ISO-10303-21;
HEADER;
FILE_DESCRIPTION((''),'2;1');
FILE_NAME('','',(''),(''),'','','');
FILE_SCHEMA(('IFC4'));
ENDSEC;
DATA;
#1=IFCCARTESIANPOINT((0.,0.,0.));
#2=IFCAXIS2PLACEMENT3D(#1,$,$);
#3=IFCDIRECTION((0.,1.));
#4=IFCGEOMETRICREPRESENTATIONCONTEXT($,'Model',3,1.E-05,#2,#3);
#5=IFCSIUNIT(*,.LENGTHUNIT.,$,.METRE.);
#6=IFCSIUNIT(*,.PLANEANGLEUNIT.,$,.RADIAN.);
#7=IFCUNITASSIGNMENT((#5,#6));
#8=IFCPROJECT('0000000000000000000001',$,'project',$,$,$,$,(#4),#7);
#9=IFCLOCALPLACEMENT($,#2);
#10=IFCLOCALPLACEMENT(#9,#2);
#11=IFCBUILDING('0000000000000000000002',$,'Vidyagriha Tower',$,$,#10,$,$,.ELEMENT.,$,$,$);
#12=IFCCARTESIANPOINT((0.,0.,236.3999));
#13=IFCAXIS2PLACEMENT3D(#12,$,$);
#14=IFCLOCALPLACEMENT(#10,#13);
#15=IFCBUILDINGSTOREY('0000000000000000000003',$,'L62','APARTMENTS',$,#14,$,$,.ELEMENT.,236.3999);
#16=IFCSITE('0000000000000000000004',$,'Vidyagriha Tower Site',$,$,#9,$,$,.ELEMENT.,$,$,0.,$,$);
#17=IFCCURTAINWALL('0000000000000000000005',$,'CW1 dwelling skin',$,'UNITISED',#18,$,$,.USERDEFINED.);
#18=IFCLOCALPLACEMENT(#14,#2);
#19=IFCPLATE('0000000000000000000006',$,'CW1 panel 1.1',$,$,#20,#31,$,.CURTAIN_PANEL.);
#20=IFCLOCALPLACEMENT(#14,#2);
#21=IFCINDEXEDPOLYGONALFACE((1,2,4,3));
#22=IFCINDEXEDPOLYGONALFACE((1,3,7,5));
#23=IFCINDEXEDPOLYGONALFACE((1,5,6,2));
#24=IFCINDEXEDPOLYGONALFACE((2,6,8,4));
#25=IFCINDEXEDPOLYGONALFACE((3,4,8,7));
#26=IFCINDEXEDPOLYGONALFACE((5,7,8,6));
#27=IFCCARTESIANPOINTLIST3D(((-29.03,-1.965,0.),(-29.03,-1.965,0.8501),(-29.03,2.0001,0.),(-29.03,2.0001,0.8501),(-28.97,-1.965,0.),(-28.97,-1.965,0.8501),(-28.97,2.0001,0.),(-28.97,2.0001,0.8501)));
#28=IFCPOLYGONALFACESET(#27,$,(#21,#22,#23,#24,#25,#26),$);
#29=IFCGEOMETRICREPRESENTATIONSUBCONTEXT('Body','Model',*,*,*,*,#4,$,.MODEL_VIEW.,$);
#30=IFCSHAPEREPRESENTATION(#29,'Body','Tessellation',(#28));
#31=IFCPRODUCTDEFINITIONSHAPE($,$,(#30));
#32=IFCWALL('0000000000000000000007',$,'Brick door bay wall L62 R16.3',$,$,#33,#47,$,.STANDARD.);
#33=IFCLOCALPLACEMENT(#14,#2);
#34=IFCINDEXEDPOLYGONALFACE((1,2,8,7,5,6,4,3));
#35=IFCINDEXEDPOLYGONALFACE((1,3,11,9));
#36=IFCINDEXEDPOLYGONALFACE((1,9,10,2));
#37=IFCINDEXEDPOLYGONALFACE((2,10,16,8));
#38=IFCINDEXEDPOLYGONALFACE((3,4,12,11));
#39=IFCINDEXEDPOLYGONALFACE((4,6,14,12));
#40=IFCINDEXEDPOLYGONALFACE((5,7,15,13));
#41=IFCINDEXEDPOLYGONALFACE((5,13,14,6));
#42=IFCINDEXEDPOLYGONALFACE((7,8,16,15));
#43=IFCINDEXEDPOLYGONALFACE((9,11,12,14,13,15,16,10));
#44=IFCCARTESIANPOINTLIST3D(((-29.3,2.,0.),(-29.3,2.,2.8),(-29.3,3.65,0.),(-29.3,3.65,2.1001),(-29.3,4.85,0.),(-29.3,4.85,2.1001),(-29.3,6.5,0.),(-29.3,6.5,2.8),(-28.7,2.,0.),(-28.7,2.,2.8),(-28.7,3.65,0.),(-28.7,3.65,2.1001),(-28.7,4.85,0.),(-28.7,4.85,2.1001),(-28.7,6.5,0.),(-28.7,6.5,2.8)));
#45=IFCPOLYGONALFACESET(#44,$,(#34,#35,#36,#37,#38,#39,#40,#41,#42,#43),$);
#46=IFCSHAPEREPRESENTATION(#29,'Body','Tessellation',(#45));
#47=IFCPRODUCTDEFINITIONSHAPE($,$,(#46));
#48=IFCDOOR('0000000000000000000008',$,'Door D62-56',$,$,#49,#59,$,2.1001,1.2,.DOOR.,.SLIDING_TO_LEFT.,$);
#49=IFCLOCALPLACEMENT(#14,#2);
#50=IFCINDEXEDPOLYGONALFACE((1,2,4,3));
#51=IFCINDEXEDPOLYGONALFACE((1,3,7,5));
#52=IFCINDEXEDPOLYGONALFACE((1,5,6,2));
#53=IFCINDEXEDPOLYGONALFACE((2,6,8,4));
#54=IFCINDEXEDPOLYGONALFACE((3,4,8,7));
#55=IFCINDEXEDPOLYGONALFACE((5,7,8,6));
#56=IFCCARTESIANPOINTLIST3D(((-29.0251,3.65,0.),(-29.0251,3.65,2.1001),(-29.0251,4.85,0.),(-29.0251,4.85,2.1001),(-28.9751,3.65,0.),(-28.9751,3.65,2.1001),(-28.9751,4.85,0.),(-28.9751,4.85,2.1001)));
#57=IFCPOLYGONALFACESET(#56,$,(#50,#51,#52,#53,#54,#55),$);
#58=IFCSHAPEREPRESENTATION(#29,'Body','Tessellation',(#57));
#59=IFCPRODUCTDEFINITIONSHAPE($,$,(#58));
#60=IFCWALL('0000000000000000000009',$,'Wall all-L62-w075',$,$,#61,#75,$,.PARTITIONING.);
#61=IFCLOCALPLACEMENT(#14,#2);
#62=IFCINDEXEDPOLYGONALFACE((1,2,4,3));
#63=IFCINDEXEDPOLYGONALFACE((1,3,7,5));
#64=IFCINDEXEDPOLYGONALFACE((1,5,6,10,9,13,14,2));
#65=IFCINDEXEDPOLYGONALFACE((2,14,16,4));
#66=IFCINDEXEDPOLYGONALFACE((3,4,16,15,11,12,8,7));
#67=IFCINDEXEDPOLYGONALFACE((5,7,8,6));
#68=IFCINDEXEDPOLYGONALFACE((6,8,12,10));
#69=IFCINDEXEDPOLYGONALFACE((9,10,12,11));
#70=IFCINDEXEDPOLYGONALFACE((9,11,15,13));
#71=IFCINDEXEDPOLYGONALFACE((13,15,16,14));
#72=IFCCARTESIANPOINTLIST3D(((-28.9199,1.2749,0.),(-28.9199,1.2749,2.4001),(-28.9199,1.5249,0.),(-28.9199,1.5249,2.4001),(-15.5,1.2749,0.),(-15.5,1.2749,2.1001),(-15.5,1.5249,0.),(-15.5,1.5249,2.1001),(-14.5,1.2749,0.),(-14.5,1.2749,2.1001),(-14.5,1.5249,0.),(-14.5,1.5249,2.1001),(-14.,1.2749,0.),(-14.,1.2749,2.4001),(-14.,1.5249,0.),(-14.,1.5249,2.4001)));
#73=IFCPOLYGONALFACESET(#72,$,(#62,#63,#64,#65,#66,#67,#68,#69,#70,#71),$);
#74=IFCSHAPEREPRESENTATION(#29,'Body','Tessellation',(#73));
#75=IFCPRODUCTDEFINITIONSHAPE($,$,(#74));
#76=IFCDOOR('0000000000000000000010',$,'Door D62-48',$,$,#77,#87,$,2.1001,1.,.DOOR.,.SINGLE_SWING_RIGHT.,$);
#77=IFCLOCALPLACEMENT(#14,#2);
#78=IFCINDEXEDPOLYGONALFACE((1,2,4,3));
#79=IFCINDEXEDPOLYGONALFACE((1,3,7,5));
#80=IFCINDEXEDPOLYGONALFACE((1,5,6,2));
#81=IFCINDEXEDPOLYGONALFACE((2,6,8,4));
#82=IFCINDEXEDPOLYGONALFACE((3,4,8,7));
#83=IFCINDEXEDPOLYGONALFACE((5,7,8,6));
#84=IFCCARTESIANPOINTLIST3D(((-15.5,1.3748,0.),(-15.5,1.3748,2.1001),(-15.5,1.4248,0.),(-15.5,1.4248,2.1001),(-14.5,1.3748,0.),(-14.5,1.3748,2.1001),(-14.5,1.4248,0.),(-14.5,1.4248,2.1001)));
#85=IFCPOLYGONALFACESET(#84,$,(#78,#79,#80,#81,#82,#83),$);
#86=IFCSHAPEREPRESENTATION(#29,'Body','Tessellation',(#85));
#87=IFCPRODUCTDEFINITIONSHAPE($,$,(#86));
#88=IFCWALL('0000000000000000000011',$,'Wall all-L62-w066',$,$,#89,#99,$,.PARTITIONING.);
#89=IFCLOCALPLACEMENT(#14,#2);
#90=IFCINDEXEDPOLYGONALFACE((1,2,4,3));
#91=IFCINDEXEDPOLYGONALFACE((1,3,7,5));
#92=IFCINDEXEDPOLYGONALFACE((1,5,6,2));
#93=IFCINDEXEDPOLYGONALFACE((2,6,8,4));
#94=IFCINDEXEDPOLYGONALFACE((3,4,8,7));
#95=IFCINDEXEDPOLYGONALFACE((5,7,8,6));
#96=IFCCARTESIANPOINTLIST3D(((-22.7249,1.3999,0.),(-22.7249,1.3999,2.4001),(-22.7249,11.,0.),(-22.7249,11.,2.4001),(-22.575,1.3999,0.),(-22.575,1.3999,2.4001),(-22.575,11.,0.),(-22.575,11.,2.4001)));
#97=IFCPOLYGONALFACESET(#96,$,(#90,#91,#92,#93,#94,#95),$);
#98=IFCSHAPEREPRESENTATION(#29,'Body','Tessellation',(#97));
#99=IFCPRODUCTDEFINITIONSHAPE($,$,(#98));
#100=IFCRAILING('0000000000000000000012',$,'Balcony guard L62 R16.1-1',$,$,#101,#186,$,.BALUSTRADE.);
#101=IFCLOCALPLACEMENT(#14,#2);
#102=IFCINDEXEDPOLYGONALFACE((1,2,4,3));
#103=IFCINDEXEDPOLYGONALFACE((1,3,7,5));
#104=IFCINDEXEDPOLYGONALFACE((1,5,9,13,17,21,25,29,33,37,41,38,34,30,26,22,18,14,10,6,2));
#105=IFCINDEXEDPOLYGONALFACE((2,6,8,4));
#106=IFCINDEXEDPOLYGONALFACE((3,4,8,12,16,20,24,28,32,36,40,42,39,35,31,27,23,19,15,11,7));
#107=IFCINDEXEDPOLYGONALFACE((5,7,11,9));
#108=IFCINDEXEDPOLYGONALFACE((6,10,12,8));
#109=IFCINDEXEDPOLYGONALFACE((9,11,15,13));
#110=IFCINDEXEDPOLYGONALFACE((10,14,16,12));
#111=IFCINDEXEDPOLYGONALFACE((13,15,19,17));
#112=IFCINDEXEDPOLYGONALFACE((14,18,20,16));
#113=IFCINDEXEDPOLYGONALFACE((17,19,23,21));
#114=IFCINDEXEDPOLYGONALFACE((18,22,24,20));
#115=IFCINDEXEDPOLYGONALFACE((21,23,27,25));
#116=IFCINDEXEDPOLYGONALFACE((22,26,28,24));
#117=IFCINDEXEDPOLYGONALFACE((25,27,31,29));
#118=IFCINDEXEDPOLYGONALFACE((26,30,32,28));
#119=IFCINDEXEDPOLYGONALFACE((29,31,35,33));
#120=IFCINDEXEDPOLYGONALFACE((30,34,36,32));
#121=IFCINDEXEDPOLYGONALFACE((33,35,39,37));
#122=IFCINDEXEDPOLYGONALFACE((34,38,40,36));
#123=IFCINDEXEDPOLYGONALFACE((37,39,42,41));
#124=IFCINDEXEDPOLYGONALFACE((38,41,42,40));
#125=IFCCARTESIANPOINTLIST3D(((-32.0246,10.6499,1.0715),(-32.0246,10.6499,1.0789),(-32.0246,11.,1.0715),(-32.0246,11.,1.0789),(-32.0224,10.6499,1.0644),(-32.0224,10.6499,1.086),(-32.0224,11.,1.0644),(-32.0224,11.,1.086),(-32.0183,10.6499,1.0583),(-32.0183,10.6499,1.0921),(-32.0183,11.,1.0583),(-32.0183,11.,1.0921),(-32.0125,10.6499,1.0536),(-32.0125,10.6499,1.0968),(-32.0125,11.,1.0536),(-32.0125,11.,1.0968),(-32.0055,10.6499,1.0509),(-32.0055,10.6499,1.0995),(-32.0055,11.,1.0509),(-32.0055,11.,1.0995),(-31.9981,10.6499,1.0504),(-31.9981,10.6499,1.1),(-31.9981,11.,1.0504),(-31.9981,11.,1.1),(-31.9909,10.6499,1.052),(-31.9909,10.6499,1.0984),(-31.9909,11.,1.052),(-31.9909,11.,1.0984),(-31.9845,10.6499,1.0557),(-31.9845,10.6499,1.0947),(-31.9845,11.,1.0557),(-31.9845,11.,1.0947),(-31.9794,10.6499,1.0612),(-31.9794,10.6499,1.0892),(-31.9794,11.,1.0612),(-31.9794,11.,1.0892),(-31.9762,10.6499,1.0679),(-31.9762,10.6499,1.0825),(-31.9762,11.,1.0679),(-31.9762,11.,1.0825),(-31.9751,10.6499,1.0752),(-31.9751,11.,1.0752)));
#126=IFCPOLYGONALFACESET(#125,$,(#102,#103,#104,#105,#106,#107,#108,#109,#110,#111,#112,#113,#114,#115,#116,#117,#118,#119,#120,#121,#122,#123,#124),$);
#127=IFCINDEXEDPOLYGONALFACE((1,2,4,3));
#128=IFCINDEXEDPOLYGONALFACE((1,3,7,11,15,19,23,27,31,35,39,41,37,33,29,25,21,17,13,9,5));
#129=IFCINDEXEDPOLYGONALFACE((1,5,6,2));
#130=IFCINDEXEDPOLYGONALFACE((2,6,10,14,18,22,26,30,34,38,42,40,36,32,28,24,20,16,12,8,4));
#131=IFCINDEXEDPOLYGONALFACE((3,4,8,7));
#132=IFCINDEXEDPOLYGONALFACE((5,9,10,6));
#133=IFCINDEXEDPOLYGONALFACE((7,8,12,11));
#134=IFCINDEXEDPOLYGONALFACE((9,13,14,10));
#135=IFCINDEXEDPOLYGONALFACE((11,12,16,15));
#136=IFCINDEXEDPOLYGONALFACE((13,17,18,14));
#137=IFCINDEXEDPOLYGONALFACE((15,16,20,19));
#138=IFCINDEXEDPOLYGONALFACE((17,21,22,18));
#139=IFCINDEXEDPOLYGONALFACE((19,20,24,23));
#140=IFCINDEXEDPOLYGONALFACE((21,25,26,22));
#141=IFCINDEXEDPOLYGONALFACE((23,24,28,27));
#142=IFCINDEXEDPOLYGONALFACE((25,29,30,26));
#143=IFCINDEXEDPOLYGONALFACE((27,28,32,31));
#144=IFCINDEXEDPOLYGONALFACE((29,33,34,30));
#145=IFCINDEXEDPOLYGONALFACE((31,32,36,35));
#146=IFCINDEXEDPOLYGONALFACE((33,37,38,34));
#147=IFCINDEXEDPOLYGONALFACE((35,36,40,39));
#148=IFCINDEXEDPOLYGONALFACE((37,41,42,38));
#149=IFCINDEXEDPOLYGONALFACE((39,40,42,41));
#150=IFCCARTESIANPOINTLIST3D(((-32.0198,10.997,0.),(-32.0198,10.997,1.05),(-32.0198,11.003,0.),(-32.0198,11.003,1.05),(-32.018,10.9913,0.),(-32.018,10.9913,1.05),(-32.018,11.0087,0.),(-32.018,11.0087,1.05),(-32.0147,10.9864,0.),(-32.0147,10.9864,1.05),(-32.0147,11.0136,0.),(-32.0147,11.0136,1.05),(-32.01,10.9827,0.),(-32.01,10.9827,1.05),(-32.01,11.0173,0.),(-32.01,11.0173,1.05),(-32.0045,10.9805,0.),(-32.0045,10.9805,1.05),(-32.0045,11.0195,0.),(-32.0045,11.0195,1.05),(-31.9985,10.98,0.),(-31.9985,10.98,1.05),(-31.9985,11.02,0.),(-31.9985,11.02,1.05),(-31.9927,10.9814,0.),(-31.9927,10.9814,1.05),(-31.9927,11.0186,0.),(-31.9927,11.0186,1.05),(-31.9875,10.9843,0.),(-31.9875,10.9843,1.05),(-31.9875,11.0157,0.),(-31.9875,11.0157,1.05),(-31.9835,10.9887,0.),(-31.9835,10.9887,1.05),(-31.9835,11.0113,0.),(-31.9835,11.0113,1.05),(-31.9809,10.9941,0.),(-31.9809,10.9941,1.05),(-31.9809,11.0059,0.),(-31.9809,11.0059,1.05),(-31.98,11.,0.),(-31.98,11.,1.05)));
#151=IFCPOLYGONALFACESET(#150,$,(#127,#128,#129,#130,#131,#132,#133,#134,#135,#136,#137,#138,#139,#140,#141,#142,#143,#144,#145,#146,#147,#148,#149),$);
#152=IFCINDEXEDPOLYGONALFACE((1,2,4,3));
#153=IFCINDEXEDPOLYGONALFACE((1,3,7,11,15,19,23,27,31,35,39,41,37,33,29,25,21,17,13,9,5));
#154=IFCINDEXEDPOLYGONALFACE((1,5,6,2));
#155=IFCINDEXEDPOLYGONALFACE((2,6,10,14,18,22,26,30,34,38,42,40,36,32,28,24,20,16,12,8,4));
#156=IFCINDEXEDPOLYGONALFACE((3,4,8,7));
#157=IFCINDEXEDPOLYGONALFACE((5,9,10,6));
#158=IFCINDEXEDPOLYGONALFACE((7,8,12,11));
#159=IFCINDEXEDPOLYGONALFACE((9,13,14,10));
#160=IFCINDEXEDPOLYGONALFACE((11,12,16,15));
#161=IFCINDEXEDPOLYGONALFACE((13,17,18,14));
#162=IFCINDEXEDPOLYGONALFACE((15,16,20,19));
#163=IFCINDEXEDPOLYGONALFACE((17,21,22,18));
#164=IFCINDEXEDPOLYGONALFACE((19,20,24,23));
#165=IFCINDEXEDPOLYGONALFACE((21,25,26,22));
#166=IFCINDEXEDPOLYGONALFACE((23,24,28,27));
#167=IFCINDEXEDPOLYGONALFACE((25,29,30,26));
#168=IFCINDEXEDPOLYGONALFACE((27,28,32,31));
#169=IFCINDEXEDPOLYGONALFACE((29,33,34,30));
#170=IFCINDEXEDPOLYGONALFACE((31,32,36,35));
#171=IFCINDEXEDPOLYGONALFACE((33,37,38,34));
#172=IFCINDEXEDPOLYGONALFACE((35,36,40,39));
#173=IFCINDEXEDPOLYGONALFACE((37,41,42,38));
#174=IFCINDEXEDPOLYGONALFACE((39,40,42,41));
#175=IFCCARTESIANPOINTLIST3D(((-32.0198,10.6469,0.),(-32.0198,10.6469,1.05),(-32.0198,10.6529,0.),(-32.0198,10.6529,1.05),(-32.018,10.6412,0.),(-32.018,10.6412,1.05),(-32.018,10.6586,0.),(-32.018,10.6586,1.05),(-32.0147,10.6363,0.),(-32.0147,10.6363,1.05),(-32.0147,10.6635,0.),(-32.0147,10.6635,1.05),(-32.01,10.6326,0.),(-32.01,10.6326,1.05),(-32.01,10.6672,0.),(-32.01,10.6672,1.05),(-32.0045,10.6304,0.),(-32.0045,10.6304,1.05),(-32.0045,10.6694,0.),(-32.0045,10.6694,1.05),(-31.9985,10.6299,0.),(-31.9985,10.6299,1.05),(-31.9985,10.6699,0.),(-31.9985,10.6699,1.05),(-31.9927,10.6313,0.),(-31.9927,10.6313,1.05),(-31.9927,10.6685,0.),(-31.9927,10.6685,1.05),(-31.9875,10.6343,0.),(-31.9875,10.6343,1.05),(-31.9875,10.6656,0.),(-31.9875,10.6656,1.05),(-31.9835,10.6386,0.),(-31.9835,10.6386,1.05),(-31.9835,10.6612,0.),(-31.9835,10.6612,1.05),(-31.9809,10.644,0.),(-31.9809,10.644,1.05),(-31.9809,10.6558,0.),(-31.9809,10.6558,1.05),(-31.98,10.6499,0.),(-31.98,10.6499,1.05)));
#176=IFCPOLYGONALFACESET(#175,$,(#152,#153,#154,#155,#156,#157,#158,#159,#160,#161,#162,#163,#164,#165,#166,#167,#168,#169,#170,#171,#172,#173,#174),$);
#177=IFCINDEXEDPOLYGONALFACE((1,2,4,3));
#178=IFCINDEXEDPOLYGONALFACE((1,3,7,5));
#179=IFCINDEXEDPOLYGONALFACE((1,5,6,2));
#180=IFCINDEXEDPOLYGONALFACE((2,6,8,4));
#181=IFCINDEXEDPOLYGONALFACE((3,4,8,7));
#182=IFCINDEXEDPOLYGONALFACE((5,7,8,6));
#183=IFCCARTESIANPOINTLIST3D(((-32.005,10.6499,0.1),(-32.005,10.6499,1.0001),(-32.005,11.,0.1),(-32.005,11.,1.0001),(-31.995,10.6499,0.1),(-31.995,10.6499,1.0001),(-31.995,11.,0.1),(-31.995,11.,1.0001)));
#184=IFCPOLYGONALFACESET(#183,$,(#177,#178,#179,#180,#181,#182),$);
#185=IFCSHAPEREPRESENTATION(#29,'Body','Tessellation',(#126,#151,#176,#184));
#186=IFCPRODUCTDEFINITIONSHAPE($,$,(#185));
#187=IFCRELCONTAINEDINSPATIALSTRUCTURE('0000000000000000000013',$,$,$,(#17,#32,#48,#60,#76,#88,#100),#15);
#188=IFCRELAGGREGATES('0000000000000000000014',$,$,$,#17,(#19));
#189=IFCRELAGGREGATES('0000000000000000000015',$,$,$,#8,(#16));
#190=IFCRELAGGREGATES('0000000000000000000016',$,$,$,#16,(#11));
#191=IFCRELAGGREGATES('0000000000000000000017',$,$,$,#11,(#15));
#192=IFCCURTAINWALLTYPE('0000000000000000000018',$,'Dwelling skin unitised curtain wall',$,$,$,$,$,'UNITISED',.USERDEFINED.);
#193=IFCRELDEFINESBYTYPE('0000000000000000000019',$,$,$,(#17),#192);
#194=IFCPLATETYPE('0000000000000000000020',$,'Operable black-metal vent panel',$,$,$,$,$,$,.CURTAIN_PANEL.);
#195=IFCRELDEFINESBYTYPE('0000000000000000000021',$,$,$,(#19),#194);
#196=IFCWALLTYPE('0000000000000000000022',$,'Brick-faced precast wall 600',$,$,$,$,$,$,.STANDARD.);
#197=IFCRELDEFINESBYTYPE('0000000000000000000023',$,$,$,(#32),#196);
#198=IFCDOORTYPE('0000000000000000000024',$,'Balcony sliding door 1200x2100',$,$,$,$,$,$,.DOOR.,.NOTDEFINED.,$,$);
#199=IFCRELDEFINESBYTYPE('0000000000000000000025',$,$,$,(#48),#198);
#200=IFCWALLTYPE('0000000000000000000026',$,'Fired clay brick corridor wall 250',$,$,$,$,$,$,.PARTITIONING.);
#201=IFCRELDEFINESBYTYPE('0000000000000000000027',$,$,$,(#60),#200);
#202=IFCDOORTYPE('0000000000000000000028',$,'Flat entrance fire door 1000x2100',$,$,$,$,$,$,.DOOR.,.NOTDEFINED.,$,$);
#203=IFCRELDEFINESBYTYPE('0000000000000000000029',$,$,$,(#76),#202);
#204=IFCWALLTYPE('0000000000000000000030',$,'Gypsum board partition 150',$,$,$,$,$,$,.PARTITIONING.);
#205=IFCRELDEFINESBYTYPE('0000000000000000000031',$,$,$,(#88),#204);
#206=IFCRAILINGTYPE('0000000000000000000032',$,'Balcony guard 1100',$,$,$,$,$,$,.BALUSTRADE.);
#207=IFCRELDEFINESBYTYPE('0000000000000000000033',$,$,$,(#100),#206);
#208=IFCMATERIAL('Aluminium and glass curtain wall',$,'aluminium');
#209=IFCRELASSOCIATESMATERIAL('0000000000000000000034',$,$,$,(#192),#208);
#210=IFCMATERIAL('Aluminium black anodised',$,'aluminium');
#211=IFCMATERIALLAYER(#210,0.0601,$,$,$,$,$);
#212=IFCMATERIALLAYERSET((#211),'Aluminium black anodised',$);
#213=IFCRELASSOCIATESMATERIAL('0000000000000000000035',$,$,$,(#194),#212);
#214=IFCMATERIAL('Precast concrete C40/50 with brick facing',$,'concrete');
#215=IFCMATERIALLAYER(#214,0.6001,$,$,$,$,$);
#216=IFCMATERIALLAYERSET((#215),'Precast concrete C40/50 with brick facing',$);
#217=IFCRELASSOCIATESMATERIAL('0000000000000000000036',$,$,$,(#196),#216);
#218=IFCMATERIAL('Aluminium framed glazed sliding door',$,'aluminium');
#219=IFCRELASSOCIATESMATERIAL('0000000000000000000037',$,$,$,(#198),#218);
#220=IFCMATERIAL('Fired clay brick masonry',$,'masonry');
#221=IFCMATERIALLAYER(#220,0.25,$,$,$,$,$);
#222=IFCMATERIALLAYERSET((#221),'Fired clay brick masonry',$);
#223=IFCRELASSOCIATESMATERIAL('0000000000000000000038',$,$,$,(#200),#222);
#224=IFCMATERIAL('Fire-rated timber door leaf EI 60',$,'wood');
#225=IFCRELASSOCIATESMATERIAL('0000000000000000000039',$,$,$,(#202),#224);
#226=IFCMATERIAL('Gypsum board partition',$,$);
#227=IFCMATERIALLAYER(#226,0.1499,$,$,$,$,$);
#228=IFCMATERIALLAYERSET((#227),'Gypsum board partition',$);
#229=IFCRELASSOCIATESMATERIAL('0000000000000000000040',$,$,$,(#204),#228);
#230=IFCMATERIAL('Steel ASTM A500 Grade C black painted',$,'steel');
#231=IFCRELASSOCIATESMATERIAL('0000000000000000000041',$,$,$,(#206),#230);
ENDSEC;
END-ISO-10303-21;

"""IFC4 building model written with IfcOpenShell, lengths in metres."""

from ifc_helpers import new_model, si_unit, direction, frame, frame_2d, origin, origin_2d, place, context, subcontext, project, spatial, rectangle, circle, extrude, material, layer, layer_set, type_object, element, fill, aggregate, save


model = new_model("IFC4")

# Units and contexts
model_context = context("Model", 3, precision=1e-05, world=origin(), true_north=direction((0.0, 1.0)))
body_context = subcontext(model_context, "Body", "Model", "MODEL_VIEW")
ifc_project = project(units=[si_unit("LENGTHUNIT", "METRE"), si_unit("PLANEANGLEUNIT", "RADIAN")], contexts=[model_context])

# Site, building, storey
site_placement = place(None, origin())
site = spatial("IfcSite", under=ifc_project, at=site_placement, Name="Vidyagriha Tower Site", CompositionType="ELEMENT", RefElevation=0.0)
building_placement = place(site_placement, origin())
building = spatial("IfcBuilding", under=site, at=building_placement, Name="Vidyagriha Tower", CompositionType="ELEMENT")
storey_placement = place(building_placement, frame((0.0, 0.0, 236.3999)))
storey = spatial("IfcBuildingStorey", under=building, at=storey_placement, Name="L62", Description="APARTMENTS", CompositionType="ELEMENT", Elevation=236.3999)

# Shared definitions
ifc_material_1 = material(Name="Aluminium and glass curtain wall", Category="aluminium")
curtain_wall_type = type_object("IfcCurtainWallType", Name="Dwelling skin unitised curtain wall", ElementType="UNITISED", PredefinedType="USERDEFINED", material=ifc_material_1)

# Curtain wall
curtain_wall_1_placement = place(storey_placement, origin())
curtain_wall_1 = element("IfcCurtainWall", 1, at=curtain_wall_1_placement, inside=storey, type_object=curtain_wall_type, Name="CW1 dwelling skin", ObjectType="UNITISED", PredefinedType="USERDEFINED")

# Plate
ifc_material_2 = material(Name="Aluminium black anodised", Category="aluminium")
ifc_layer_1 = layer(ifc_material_2, 0.0601)
ifc_layer_set_1 = layer_set([ifc_layer_1], Name="Aluminium black anodised")
plate_type_1 = type_object("IfcPlateType", Name="Operable black-metal vent panel", PredefinedType="CURTAIN_PANEL", material=ifc_layer_set_1)
plate_1_placement = place(storey_placement, frame((-29.0, 0.0176, 0.0), z_axis=(0.0, 0.0, 1.0), x_axis=(0.0, -1.0, 0.0)))
plate_1 = element("IfcPlate", 2, at=plate_1_placement, type_object=plate_type_1, Name="CW1 panel 1.1", PredefinedType="CURTAIN_PANEL", context=body_context, shape_type="SweptSolid", body=[
    extrude(rectangle(XDim=3.9651, YDim=0.0601, at=origin_2d()), origin(), (0.0, 0.0, 1.0), 0.8501),
])
aggregate(curtain_wall_1, [plate_1])

# Walls, openings, doors
ifc_material_3 = material(Name="Precast concrete C40/50 with brick facing", Category="concrete")
ifc_layer_2 = layer(ifc_material_3, 0.6001)
ifc_layer_set_2 = layer_set([ifc_layer_2], Name="Precast concrete C40/50 with brick facing")
wall_type_1 = type_object("IfcWallType", Name="Brick-faced precast wall 600", PredefinedType="STANDARD", material=ifc_layer_set_2)
wall_1_placement = place(storey_placement, frame((-29.0, 6.5, 0.0), z_axis=(0.0, 0.0, 1.0), x_axis=(0.0, -1.0, 0.0)))
wall_1 = element("IfcWall", 3, at=wall_1_placement, inside=storey, type_object=wall_type_1, Name="Brick door bay wall L62 R16.3", PredefinedType="STANDARD", context=body_context, shape_type="SweptSolid", body=[
    extrude(rectangle(XDim=4.5, YDim=0.6001, at=frame_2d((2.25, 0.0))), origin(), (0.0, 0.0, 1.0), 2.8),
])
opening_1_placement = place(wall_1_placement, frame((1.6499, 0.0, 0.0)))
opening_1 = element("IfcOpeningElement", 4, at=opening_1_placement, cuts=wall_1, PredefinedType="OPENING", context=body_context, shape_type="SweptSolid", body=[
    extrude(rectangle(XDim=1.2, YDim=2.1001, at=frame_2d((0.6001, 1.05))), frame((0.0, 0.3101, 0.0), z_axis=(0.0, -1.0, 0.0), x_axis=(1.0, 0.0, 0.0)), (0.0, 0.0, 1.0), 0.6201),
])
ifc_material_4 = material(Name="Aluminium framed glazed sliding door", Category="aluminium")
door_type_1 = type_object("IfcDoorType", Name="Balcony sliding door 1200x2100", OperationType="NOTDEFINED", PredefinedType="DOOR", material=ifc_material_4)
door_1_placement = place(opening_1_placement, origin())
door_1 = element("IfcDoor", 5, at=door_1_placement, inside=storey, type_object=door_type_1, Name="Door D62-56", OperationType="SLIDING_TO_LEFT", OverallHeight=2.1001, OverallWidth=1.2, PredefinedType="DOOR", context=body_context, shape_type="SweptSolid", body=[
    extrude(rectangle(XDim=1.2, YDim=2.1001, at=frame_2d((0.6001, 1.05))), frame((0.0, 0.0249, 0.0), z_axis=(0.0, -1.0, 0.0), x_axis=(1.0, 0.0, 0.0)), (0.0, 0.0, 1.0), 0.05),
])
fill(opening_1, door_1)
ifc_material_5 = material(Name="Fired clay brick masonry", Category="masonry")
ifc_layer_3 = layer(ifc_material_5, 0.25)
ifc_layer_set_3 = layer_set([ifc_layer_3], Name="Fired clay brick masonry")
wall_type_2 = type_object("IfcWallType", Name="Fired clay brick corridor wall 250", PredefinedType="PARTITIONING", material=ifc_layer_set_3)
wall_2_placement = place(storey_placement, frame((-28.9199, 1.3999, 0.0)))
wall_2 = element("IfcWall", 6, at=wall_2_placement, inside=storey, type_object=wall_type_2, Name="Wall all-L62-w075", PredefinedType="PARTITIONING", context=body_context, shape_type="SweptSolid", body=[
    extrude(rectangle(XDim=14.9199, YDim=0.25, at=frame_2d((7.46, 0.0))), origin(), (0.0, 0.0, 1.0), 2.4001),
])
opening_2_placement = place(wall_2_placement, frame((13.4199, 0.0, 0.0)))
opening_2 = element("IfcOpeningElement", 7, at=opening_2_placement, cuts=wall_2, PredefinedType="OPENING", context=body_context, shape_type="SweptSolid", body=[
    extrude(rectangle(XDim=1.0, YDim=2.1001, at=frame_2d((0.5, 1.05))), frame((0.0, 0.135, 0.0), z_axis=(0.0, -1.0, 0.0), x_axis=(1.0, 0.0, 0.0)), (0.0, 0.0, 1.0), 0.27),
])
ifc_material_6 = material(Name="Fire-rated timber door leaf EI 60", Category="wood")
door_type_2 = type_object("IfcDoorType", Name="Flat entrance fire door 1000x2100", OperationType="NOTDEFINED", PredefinedType="DOOR", material=ifc_material_6)
door_2_placement = place(opening_2_placement, origin())
door_2 = element("IfcDoor", 8, at=door_2_placement, inside=storey, type_object=door_type_2, Name="Door D62-48", OperationType="SINGLE_SWING_RIGHT", OverallHeight=2.1001, OverallWidth=1.0, PredefinedType="DOOR", context=body_context, shape_type="SweptSolid", body=[
    extrude(rectangle(XDim=1.0, YDim=2.1001, at=frame_2d((0.5, 1.05))), frame((0.0, 0.0249, 0.0), z_axis=(0.0, -1.0, 0.0), x_axis=(1.0, 0.0, 0.0)), (0.0, 0.0, 1.0), 0.05),
])
fill(opening_2, door_2)

# Wall
ifc_material_7 = material(Name="Gypsum board partition")
ifc_layer_4 = layer(ifc_material_7, 0.1499)
ifc_layer_set_4 = layer_set([ifc_layer_4], Name="Gypsum board partition")
wall_type_3 = type_object("IfcWallType", Name="Gypsum board partition 150", PredefinedType="PARTITIONING", material=ifc_layer_set_4)
wall_3_placement = place(storey_placement, frame((-22.6499, 1.3999, 0.0), z_axis=(0.0, 0.0, 1.0), x_axis=(0.0, 1.0, 0.0)))
element("IfcWall", 9, at=wall_3_placement, inside=storey, type_object=wall_type_3, Name="Wall all-L62-w066", PredefinedType="PARTITIONING", context=body_context, shape_type="SweptSolid", body=[
    extrude(rectangle(XDim=9.6001, YDim=0.1499, at=frame_2d((4.8, 0.0))), origin(), (0.0, 0.0, 1.0), 2.4001),
])

# Railing
ifc_material_8 = material(Name="Steel ASTM A500 Grade C black painted", Category="steel")
railing_type = type_object("IfcRailingType", Name="Balcony guard 1100", PredefinedType="BALUSTRADE", material=ifc_material_8)
railing_1_placement = place(storey_placement, frame((-32.0, 11.0, 0.0)))
element("IfcRailing", 10, at=railing_1_placement, inside=storey, type_object=railing_type, Name="Balcony guard L62 R16.1-1", PredefinedType="BALUSTRADE", context=body_context, shape_type="SweptSolid", body=[
    extrude(circle(Radius=0.0249, at=origin_2d()), frame((0.0, 0.0, 1.0752), z_axis=(0.0, -1.0, 0.0), x_axis=(1.0, 0.0, 0.0)), (0.0, 0.0, 1.0), 0.3501),
    extrude(circle(Radius=0.02, at=origin_2d()), origin(), (0.0, 0.0, 1.0), 1.05),
    extrude(circle(Radius=0.02, at=origin_2d()), frame((0.0, -0.3501, 0.0)), (0.0, 0.0, 1.0), 1.05),
    extrude(rectangle(XDim=0.01, YDim=0.9001, at=origin_2d()), frame((0.0, 0.0, 0.55), z_axis=(0.0, -1.0, 0.0), x_axis=(1.0, 0.0, 0.0)), (0.0, 0.0, 1.0), 0.3501),
])

save(model, "model.ifc")
